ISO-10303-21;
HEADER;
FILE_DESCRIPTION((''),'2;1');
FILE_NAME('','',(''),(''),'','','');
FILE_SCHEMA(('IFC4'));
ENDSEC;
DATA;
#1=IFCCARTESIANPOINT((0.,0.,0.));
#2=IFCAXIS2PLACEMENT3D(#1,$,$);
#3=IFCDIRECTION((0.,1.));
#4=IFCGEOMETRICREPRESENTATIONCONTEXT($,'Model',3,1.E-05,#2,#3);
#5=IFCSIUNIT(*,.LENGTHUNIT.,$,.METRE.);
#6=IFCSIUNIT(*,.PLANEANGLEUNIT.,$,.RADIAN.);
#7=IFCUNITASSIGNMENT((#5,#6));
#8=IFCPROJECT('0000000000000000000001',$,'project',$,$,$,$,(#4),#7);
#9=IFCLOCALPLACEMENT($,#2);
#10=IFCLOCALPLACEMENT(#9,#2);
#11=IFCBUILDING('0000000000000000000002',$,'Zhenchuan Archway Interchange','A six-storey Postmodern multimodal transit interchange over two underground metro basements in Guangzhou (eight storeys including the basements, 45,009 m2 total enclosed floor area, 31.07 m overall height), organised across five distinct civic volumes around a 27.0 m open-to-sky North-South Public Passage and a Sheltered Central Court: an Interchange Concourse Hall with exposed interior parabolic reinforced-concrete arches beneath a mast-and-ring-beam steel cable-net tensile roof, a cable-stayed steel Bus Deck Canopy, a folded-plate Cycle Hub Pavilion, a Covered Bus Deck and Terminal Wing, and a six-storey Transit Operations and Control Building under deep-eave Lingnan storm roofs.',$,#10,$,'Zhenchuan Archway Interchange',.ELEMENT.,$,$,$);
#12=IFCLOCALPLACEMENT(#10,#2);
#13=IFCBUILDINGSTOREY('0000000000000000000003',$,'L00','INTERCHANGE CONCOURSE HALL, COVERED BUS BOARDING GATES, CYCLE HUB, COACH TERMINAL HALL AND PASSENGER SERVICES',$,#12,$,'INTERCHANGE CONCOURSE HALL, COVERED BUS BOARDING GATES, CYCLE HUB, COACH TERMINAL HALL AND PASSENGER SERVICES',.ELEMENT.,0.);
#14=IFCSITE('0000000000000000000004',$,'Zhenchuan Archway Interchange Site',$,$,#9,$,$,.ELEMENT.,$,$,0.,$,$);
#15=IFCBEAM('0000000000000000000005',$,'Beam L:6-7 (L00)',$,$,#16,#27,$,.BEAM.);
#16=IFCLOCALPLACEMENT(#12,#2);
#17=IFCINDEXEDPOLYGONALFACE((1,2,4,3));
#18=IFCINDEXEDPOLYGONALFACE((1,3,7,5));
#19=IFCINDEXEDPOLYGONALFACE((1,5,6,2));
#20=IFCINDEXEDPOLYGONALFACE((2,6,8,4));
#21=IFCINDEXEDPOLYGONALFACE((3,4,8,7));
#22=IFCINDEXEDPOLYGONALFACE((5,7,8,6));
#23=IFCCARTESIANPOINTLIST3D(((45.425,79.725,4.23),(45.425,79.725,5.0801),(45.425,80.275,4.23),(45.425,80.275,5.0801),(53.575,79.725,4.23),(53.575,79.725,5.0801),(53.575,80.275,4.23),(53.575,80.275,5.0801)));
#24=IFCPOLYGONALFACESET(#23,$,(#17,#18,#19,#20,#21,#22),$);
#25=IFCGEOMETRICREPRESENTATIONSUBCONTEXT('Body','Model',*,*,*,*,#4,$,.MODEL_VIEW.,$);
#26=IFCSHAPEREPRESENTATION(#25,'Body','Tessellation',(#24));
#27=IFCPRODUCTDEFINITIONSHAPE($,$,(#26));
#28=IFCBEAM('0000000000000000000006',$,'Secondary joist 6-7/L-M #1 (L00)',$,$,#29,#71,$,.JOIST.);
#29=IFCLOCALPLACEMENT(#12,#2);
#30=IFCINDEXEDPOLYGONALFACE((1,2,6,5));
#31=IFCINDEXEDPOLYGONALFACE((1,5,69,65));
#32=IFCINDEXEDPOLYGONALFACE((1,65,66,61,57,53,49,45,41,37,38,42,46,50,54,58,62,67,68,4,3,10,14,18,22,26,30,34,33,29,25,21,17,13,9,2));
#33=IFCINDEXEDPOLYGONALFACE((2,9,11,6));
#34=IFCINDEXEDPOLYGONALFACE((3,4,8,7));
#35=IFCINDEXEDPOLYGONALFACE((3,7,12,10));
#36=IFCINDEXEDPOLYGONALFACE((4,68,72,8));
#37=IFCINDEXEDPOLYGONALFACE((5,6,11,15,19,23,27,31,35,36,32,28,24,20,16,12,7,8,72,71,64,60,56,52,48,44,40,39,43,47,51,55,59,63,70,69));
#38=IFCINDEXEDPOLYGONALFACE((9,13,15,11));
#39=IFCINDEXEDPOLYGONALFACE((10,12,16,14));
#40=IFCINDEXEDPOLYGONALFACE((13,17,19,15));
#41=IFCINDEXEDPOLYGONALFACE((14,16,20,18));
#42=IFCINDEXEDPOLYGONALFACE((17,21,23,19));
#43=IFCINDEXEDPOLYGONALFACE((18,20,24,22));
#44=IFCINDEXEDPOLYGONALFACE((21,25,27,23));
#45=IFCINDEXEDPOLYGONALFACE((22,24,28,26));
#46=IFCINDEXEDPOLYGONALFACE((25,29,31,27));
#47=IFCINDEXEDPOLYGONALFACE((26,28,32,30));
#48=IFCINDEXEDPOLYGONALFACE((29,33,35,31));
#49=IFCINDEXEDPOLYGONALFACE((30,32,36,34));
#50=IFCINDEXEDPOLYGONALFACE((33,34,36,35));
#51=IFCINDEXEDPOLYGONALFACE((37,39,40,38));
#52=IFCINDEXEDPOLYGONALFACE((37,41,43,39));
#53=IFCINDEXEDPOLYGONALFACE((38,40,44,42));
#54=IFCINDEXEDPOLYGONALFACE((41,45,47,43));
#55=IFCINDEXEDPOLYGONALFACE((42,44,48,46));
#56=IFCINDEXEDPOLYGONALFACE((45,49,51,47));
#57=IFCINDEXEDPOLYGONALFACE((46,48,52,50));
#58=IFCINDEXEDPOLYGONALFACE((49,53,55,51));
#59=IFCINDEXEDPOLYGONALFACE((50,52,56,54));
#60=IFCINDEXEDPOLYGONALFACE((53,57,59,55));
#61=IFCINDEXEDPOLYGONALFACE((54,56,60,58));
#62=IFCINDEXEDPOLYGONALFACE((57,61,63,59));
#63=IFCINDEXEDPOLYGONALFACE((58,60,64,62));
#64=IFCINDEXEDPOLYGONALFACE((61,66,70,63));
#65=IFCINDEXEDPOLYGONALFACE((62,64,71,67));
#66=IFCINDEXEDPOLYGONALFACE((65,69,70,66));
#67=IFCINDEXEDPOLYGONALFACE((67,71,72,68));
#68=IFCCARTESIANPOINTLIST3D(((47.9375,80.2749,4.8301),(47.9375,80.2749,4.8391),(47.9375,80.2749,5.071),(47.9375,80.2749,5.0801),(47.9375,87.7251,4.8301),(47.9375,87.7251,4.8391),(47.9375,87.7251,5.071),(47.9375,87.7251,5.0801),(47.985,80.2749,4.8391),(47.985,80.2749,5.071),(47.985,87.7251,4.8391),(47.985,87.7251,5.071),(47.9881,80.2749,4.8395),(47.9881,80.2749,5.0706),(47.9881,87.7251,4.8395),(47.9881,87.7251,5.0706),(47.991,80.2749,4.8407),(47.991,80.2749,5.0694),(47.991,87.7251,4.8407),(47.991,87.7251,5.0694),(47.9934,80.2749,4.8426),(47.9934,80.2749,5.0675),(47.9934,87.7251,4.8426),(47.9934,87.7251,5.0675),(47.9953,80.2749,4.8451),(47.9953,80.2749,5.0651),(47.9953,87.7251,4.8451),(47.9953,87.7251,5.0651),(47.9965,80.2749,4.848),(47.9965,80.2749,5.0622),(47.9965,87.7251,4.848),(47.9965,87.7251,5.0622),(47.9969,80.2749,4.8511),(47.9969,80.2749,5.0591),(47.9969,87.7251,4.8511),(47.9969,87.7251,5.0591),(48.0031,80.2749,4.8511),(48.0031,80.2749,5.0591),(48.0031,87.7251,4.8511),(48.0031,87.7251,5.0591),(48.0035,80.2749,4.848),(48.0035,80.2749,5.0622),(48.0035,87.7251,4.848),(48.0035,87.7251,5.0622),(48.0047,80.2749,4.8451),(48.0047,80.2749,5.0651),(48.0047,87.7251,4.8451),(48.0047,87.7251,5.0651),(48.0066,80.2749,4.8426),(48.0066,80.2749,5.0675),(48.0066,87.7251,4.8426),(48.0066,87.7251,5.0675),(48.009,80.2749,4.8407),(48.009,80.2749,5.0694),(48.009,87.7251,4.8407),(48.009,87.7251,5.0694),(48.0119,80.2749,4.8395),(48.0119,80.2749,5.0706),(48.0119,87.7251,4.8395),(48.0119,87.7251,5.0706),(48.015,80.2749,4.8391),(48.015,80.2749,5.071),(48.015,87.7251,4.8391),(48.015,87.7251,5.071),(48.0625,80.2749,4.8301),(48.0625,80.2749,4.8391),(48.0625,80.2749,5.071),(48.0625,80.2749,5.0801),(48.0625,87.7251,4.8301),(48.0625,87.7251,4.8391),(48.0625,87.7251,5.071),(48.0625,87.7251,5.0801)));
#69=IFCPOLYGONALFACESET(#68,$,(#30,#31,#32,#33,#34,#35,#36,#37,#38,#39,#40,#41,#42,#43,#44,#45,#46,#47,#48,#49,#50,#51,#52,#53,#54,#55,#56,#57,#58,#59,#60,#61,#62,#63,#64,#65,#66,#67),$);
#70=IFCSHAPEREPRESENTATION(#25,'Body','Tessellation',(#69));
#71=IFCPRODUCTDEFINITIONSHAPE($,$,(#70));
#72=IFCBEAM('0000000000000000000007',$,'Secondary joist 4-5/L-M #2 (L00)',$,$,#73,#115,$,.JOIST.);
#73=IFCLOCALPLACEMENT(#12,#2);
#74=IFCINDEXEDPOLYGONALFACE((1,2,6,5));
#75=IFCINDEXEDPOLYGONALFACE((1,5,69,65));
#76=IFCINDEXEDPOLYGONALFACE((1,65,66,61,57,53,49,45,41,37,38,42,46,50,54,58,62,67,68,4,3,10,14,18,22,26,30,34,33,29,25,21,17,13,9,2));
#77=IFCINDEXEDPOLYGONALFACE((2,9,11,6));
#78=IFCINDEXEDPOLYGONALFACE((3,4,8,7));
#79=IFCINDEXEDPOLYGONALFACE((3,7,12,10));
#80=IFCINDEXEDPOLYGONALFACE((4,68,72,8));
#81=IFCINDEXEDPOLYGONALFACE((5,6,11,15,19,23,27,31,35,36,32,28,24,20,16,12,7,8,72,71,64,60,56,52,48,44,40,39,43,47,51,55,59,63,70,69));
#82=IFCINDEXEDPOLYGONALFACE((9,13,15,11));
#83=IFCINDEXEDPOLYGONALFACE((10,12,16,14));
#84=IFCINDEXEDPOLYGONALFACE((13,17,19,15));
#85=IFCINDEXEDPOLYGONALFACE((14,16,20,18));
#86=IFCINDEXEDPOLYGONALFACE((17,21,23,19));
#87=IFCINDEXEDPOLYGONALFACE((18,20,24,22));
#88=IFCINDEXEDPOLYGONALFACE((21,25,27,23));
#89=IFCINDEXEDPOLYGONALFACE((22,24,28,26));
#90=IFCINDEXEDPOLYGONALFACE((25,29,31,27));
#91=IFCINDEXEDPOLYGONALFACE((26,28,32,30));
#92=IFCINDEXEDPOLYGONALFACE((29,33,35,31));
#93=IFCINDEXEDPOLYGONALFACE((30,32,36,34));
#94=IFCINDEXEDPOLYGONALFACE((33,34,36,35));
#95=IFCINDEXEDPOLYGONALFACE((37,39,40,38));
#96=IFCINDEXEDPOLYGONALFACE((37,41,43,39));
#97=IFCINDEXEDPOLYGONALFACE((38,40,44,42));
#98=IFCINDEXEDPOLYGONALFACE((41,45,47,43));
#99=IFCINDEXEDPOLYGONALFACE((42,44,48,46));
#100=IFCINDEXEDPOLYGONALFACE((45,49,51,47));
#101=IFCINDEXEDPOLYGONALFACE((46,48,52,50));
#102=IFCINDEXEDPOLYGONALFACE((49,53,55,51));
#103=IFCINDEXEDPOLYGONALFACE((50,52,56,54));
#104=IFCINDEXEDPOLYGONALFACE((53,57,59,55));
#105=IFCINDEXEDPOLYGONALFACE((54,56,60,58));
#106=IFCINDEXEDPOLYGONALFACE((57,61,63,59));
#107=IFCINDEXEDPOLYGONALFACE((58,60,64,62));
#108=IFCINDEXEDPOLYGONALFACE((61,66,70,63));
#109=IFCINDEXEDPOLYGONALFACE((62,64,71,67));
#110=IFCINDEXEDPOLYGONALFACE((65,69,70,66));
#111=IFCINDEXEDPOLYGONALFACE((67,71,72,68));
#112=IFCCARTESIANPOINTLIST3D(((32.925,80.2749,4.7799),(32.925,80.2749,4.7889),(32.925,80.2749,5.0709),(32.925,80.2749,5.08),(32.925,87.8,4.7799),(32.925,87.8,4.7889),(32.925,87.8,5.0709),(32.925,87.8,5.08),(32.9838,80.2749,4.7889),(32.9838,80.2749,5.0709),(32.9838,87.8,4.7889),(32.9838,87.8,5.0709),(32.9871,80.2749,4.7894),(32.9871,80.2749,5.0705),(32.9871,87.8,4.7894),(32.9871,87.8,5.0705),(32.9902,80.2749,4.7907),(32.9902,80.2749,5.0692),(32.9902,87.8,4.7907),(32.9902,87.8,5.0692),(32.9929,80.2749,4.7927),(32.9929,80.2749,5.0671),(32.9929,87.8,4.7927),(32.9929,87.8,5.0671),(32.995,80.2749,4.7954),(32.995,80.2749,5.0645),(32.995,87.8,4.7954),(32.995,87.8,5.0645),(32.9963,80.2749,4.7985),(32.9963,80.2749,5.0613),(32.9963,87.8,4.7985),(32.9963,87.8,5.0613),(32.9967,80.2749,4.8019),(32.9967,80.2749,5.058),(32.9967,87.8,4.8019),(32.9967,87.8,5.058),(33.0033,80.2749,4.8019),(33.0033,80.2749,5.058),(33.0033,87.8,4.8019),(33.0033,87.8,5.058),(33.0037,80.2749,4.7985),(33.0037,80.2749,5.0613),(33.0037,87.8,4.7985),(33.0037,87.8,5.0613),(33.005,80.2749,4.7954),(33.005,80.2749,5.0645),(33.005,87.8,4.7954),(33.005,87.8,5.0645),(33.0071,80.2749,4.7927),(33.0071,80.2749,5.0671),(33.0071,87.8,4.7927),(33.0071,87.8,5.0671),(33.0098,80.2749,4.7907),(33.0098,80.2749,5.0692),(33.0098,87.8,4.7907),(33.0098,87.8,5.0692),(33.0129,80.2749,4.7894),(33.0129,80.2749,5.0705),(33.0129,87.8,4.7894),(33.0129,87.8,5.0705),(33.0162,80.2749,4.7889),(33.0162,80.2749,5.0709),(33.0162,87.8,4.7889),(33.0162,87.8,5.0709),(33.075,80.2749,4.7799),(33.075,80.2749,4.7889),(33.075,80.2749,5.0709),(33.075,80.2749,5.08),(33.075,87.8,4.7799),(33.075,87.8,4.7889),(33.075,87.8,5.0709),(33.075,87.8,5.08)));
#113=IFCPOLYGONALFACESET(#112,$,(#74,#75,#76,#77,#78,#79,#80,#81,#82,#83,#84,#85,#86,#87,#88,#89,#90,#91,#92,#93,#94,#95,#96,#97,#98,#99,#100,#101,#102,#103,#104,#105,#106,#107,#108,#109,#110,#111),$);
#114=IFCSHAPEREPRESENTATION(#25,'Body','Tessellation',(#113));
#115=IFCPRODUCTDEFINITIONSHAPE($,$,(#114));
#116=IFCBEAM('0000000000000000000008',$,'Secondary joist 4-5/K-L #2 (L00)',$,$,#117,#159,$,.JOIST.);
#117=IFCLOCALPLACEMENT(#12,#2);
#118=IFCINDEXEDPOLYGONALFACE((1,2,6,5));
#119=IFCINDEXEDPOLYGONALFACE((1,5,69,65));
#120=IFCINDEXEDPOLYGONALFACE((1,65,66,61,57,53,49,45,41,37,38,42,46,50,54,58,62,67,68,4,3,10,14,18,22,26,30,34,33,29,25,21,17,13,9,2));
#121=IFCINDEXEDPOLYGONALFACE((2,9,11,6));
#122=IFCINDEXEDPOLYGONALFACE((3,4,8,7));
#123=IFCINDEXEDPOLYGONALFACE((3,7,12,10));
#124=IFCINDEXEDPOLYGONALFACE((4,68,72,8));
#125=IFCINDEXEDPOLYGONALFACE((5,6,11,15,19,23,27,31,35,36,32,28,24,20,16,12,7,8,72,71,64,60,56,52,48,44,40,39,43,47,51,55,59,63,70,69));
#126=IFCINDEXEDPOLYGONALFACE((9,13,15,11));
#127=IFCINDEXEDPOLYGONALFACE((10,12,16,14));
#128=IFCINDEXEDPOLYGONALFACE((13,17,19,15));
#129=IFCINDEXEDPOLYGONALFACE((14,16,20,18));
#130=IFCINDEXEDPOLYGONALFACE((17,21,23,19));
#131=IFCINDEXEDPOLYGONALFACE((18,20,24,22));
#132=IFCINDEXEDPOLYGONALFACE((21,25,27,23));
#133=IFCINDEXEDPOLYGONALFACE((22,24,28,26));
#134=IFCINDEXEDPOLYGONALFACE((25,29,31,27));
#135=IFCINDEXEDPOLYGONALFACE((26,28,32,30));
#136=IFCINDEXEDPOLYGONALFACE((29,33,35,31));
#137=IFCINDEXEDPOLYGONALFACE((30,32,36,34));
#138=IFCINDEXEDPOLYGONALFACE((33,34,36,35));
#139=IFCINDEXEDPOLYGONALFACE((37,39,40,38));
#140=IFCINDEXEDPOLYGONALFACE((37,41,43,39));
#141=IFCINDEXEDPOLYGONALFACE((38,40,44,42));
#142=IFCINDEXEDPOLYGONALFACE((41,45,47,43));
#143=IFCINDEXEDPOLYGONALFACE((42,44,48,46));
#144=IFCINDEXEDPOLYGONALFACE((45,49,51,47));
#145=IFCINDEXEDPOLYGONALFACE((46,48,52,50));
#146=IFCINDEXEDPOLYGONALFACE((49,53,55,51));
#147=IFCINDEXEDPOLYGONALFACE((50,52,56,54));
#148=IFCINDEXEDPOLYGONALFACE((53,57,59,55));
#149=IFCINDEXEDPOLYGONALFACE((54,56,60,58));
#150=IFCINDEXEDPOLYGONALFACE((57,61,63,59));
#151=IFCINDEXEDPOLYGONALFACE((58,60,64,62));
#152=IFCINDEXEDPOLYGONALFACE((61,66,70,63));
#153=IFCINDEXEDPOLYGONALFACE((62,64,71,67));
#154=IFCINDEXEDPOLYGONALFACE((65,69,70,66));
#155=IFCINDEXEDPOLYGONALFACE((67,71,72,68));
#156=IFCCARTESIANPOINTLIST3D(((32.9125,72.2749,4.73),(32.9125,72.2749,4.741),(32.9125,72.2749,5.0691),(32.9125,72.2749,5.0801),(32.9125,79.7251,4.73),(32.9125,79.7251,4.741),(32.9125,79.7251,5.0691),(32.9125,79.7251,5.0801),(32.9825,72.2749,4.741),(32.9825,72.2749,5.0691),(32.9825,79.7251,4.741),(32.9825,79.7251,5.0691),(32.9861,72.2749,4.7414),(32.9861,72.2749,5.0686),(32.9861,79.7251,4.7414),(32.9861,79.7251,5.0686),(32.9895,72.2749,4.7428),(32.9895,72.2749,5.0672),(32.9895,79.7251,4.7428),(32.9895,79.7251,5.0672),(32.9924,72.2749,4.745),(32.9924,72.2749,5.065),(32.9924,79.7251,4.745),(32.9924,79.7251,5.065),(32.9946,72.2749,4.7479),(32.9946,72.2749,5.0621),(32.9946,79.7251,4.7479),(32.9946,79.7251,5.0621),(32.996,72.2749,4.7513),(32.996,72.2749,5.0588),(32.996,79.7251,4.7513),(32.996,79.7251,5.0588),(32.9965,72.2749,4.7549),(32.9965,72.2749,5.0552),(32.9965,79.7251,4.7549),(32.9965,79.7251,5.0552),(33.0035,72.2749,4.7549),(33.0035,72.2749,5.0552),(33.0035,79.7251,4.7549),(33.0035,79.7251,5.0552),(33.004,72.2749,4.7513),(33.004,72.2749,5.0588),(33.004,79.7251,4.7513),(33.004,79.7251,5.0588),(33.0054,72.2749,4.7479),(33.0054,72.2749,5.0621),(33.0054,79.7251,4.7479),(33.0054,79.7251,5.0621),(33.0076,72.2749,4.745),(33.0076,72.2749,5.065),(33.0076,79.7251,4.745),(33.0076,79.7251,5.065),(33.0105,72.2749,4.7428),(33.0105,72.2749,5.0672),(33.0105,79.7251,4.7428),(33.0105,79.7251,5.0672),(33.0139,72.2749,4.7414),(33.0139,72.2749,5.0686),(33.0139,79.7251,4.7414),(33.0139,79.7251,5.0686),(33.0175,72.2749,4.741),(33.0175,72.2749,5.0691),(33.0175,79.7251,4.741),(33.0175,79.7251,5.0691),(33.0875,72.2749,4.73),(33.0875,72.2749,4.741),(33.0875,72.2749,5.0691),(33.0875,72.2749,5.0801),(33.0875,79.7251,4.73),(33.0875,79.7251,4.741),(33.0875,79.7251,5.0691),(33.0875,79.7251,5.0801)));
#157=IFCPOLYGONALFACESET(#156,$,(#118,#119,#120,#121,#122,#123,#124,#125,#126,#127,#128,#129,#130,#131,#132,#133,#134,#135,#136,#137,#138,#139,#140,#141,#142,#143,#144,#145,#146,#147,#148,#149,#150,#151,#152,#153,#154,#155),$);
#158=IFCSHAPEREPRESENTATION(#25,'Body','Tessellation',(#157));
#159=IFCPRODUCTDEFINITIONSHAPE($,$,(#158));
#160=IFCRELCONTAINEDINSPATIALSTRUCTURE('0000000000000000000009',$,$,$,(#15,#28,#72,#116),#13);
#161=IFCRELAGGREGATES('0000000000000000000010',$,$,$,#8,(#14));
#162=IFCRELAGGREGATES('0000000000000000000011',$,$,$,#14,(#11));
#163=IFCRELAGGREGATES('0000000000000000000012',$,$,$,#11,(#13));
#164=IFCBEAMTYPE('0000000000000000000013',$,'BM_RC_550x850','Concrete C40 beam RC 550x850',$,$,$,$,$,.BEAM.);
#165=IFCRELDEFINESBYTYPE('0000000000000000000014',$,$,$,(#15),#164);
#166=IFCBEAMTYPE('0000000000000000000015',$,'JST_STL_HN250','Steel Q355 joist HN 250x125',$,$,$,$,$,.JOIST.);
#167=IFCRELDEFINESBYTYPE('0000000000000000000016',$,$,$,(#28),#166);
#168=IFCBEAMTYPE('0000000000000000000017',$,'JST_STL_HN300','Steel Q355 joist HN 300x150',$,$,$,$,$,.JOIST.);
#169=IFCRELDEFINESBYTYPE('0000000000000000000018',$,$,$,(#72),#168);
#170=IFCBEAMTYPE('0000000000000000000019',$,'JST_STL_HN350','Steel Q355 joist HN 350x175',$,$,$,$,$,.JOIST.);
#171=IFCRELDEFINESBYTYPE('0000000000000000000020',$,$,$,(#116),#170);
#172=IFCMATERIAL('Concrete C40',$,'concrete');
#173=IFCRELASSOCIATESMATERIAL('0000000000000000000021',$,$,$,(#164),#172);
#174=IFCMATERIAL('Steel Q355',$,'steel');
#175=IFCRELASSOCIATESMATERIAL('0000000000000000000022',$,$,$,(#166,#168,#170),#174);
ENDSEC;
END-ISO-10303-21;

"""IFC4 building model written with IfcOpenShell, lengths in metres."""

from ifc_helpers import new_model, si_unit, direction, frame, origin, origin_2d, place, context, subcontext, project, spatial, rectangle, i_section, extrude, material, material_profile, profile_set, type_object, element, save


model = new_model("IFC4")

# Units and contexts
model_context = context("Model", 3, precision=1e-05, world=origin(), true_north=direction((0.0, 1.0)))
body_context = subcontext(model_context, "Body", "Model", "MODEL_VIEW")
ifc_project = project(units=[si_unit("LENGTHUNIT", "METRE"), si_unit("PLANEANGLEUNIT", "RADIAN")], contexts=[model_context])

# Site, building, storey
site_placement = place(None, origin())
site = spatial("IfcSite", under=ifc_project, at=site_placement, Name="Zhenchuan Archway Interchange Site", CompositionType="ELEMENT", RefElevation=0.0)
building_placement = place(site_placement, origin())
building = spatial("IfcBuilding", under=site, at=building_placement, Name="Zhenchuan Archway Interchange", Description="A six-storey Postmodern multimodal transit interchange over two underground metro basements in Guangzhou (eight storeys including the basements, 45,009 m2 total enclosed floor area, 31.07 m overall height), organised across five distinct civic volumes around a 27.0 m open-to-sky North-South Public Passage and a Sheltered Central Court: an Interchange Concourse Hall with exposed interior parabolic reinforced-concrete arches beneath a mast-and-ring-beam steel cable-net tensile roof, a cable-stayed steel Bus Deck Canopy, a folded-plate Cycle Hub Pavilion, a Covered Bus Deck and Terminal Wing, and a six-storey Transit Operations and Control Building under deep-eave Lingnan storm roofs.", LongName="Zhenchuan Archway Interchange", CompositionType="ELEMENT")
storey_placement = place(building_placement, origin())
storey = spatial("IfcBuildingStorey", under=building, at=storey_placement, Name="L00", Description="INTERCHANGE CONCOURSE HALL, COVERED BUS BOARDING GATES, CYCLE HUB, COACH TERMINAL HALL AND PASSENGER SERVICES", LongName="INTERCHANGE CONCOURSE HALL, COVERED BUS BOARDING GATES, CYCLE HUB, COACH TERMINAL HALL AND PASSENGER SERVICES", CompositionType="ELEMENT", Elevation=0.0)

# Shared definitions
ifc_material_1 = material(Name="Concrete C40", Category="concrete")

# Beams
ifc_material_profile_1 = material_profile(ifc_material_1, rectangle(XDim=0.55, YDim=0.8501, at=origin_2d()), Name="RC 550x850")
ifc_profile_set_1 = profile_set([ifc_material_profile_1], Name="Concrete C40")
beam_type_1 = type_object("IfcBeamType", Name="BM_RC_550x850", Description="Concrete C40 beam RC 550x850", PredefinedType="BEAM", material=ifc_profile_set_1)
beam_1_placement = place(storey_placement, frame((45.425, 80.0, 4.655), z_axis=(1.0, 0.0, 0.0), x_axis=(0.0, 1.0, 0.0)))
element("IfcBeam", 1, at=beam_1_placement, inside=storey, type_object=beam_type_1, Name="Beam L:6-7 (L00)", PredefinedType="BEAM", context=body_context, shape_type="SweptSolid", body=[
    extrude(rectangle(XDim=0.55, YDim=0.8501, at=origin_2d()), origin(), (0.0, 0.0, 1.0), 8.1499),
])
ifc_material_2 = material(Name="Steel Q355", Category="steel")
ifc_material_profile_2 = material_profile(ifc_material_2, i_section(OverallWidth=0.125, OverallDepth=0.25, WebThickness=0.0061, FlangeThickness=0.009, FilletRadius=0.012, at=origin_2d()), Name="HN 250x125")
ifc_profile_set_2 = profile_set([ifc_material_profile_2], Name="Steel Q355")
beam_type_2 = type_object("IfcBeamType", Name="JST_STL_HN250", Description="Steel Q355 joist HN 250x125", PredefinedType="JOIST", material=ifc_profile_set_2)
beam_2_placement = place(storey_placement, frame((48.0, 80.2749, 4.9551), z_axis=(0.0, 1.0, 0.0), x_axis=(-1.0, 0.0, 0.0)))
element("IfcBeam", 2, at=beam_2_placement, inside=storey, type_object=beam_type_2, Name="Secondary joist 6-7/L-M #1 (L00)", PredefinedType="JOIST", context=body_context, shape_type="SweptSolid", body=[
    extrude(i_section(OverallWidth=0.125, OverallDepth=0.25, WebThickness=0.0061, FlangeThickness=0.009, FilletRadius=0.012, at=origin_2d()), origin(), (0.0, 0.0, 1.0), 7.4502),
])
ifc_material_profile_3 = material_profile(ifc_material_2, i_section(OverallWidth=0.1499, OverallDepth=0.3, WebThickness=0.0066, FlangeThickness=0.009, FilletRadius=0.0129, at=origin_2d()), Name="HN 300x150")
ifc_profile_set_3 = profile_set([ifc_material_profile_3], Name="Steel Q355")
beam_type_3 = type_object("IfcBeamType", Name="JST_STL_HN300", Description="Steel Q355 joist HN 300x150", PredefinedType="JOIST", material=ifc_profile_set_3)
beam_3_placement = place(storey_placement, frame((33.0, 80.2749, 4.9299), z_axis=(0.0, 1.0, 0.0), x_axis=(-1.0, 0.0, 0.0)))
element("IfcBeam", 3, at=beam_3_placement, inside=storey, type_object=beam_type_3, Name="Secondary joist 4-5/L-M #2 (L00)", PredefinedType="JOIST", context=body_context, shape_type="SweptSolid", body=[
    extrude(i_section(OverallWidth=0.1499, OverallDepth=0.3, WebThickness=0.0066, FlangeThickness=0.009, FilletRadius=0.0129, at=origin_2d()), origin(), (0.0, 0.0, 1.0), 7.5251),
])
ifc_material_profile_4 = material_profile(ifc_material_2, i_section(OverallWidth=0.175, OverallDepth=0.3501, WebThickness=0.0071, FlangeThickness=0.011, FilletRadius=0.0139, at=origin_2d()), Name="HN 350x175")
ifc_profile_set_4 = profile_set([ifc_material_profile_4], Name="Steel Q355")
beam_type_4 = type_object("IfcBeamType", Name="JST_STL_HN350", Description="Steel Q355 joist HN 350x175", PredefinedType="JOIST", material=ifc_profile_set_4)
beam_4_placement = place(storey_placement, frame((33.0, 72.2749, 4.905), z_axis=(0.0, 1.0, 0.0), x_axis=(-1.0, 0.0, 0.0)))
element("IfcBeam", 4, at=beam_4_placement, inside=storey, type_object=beam_type_4, Name="Secondary joist 4-5/K-L #2 (L00)", PredefinedType="JOIST", context=body_context, shape_type="SweptSolid", body=[
    extrude(i_section(OverallWidth=0.175, OverallDepth=0.3501, WebThickness=0.0071, FlangeThickness=0.011, FilletRadius=0.0139, at=origin_2d()), origin(), (0.0, 0.0, 1.0), 7.4502),
])

save(model, "model.ifc")
